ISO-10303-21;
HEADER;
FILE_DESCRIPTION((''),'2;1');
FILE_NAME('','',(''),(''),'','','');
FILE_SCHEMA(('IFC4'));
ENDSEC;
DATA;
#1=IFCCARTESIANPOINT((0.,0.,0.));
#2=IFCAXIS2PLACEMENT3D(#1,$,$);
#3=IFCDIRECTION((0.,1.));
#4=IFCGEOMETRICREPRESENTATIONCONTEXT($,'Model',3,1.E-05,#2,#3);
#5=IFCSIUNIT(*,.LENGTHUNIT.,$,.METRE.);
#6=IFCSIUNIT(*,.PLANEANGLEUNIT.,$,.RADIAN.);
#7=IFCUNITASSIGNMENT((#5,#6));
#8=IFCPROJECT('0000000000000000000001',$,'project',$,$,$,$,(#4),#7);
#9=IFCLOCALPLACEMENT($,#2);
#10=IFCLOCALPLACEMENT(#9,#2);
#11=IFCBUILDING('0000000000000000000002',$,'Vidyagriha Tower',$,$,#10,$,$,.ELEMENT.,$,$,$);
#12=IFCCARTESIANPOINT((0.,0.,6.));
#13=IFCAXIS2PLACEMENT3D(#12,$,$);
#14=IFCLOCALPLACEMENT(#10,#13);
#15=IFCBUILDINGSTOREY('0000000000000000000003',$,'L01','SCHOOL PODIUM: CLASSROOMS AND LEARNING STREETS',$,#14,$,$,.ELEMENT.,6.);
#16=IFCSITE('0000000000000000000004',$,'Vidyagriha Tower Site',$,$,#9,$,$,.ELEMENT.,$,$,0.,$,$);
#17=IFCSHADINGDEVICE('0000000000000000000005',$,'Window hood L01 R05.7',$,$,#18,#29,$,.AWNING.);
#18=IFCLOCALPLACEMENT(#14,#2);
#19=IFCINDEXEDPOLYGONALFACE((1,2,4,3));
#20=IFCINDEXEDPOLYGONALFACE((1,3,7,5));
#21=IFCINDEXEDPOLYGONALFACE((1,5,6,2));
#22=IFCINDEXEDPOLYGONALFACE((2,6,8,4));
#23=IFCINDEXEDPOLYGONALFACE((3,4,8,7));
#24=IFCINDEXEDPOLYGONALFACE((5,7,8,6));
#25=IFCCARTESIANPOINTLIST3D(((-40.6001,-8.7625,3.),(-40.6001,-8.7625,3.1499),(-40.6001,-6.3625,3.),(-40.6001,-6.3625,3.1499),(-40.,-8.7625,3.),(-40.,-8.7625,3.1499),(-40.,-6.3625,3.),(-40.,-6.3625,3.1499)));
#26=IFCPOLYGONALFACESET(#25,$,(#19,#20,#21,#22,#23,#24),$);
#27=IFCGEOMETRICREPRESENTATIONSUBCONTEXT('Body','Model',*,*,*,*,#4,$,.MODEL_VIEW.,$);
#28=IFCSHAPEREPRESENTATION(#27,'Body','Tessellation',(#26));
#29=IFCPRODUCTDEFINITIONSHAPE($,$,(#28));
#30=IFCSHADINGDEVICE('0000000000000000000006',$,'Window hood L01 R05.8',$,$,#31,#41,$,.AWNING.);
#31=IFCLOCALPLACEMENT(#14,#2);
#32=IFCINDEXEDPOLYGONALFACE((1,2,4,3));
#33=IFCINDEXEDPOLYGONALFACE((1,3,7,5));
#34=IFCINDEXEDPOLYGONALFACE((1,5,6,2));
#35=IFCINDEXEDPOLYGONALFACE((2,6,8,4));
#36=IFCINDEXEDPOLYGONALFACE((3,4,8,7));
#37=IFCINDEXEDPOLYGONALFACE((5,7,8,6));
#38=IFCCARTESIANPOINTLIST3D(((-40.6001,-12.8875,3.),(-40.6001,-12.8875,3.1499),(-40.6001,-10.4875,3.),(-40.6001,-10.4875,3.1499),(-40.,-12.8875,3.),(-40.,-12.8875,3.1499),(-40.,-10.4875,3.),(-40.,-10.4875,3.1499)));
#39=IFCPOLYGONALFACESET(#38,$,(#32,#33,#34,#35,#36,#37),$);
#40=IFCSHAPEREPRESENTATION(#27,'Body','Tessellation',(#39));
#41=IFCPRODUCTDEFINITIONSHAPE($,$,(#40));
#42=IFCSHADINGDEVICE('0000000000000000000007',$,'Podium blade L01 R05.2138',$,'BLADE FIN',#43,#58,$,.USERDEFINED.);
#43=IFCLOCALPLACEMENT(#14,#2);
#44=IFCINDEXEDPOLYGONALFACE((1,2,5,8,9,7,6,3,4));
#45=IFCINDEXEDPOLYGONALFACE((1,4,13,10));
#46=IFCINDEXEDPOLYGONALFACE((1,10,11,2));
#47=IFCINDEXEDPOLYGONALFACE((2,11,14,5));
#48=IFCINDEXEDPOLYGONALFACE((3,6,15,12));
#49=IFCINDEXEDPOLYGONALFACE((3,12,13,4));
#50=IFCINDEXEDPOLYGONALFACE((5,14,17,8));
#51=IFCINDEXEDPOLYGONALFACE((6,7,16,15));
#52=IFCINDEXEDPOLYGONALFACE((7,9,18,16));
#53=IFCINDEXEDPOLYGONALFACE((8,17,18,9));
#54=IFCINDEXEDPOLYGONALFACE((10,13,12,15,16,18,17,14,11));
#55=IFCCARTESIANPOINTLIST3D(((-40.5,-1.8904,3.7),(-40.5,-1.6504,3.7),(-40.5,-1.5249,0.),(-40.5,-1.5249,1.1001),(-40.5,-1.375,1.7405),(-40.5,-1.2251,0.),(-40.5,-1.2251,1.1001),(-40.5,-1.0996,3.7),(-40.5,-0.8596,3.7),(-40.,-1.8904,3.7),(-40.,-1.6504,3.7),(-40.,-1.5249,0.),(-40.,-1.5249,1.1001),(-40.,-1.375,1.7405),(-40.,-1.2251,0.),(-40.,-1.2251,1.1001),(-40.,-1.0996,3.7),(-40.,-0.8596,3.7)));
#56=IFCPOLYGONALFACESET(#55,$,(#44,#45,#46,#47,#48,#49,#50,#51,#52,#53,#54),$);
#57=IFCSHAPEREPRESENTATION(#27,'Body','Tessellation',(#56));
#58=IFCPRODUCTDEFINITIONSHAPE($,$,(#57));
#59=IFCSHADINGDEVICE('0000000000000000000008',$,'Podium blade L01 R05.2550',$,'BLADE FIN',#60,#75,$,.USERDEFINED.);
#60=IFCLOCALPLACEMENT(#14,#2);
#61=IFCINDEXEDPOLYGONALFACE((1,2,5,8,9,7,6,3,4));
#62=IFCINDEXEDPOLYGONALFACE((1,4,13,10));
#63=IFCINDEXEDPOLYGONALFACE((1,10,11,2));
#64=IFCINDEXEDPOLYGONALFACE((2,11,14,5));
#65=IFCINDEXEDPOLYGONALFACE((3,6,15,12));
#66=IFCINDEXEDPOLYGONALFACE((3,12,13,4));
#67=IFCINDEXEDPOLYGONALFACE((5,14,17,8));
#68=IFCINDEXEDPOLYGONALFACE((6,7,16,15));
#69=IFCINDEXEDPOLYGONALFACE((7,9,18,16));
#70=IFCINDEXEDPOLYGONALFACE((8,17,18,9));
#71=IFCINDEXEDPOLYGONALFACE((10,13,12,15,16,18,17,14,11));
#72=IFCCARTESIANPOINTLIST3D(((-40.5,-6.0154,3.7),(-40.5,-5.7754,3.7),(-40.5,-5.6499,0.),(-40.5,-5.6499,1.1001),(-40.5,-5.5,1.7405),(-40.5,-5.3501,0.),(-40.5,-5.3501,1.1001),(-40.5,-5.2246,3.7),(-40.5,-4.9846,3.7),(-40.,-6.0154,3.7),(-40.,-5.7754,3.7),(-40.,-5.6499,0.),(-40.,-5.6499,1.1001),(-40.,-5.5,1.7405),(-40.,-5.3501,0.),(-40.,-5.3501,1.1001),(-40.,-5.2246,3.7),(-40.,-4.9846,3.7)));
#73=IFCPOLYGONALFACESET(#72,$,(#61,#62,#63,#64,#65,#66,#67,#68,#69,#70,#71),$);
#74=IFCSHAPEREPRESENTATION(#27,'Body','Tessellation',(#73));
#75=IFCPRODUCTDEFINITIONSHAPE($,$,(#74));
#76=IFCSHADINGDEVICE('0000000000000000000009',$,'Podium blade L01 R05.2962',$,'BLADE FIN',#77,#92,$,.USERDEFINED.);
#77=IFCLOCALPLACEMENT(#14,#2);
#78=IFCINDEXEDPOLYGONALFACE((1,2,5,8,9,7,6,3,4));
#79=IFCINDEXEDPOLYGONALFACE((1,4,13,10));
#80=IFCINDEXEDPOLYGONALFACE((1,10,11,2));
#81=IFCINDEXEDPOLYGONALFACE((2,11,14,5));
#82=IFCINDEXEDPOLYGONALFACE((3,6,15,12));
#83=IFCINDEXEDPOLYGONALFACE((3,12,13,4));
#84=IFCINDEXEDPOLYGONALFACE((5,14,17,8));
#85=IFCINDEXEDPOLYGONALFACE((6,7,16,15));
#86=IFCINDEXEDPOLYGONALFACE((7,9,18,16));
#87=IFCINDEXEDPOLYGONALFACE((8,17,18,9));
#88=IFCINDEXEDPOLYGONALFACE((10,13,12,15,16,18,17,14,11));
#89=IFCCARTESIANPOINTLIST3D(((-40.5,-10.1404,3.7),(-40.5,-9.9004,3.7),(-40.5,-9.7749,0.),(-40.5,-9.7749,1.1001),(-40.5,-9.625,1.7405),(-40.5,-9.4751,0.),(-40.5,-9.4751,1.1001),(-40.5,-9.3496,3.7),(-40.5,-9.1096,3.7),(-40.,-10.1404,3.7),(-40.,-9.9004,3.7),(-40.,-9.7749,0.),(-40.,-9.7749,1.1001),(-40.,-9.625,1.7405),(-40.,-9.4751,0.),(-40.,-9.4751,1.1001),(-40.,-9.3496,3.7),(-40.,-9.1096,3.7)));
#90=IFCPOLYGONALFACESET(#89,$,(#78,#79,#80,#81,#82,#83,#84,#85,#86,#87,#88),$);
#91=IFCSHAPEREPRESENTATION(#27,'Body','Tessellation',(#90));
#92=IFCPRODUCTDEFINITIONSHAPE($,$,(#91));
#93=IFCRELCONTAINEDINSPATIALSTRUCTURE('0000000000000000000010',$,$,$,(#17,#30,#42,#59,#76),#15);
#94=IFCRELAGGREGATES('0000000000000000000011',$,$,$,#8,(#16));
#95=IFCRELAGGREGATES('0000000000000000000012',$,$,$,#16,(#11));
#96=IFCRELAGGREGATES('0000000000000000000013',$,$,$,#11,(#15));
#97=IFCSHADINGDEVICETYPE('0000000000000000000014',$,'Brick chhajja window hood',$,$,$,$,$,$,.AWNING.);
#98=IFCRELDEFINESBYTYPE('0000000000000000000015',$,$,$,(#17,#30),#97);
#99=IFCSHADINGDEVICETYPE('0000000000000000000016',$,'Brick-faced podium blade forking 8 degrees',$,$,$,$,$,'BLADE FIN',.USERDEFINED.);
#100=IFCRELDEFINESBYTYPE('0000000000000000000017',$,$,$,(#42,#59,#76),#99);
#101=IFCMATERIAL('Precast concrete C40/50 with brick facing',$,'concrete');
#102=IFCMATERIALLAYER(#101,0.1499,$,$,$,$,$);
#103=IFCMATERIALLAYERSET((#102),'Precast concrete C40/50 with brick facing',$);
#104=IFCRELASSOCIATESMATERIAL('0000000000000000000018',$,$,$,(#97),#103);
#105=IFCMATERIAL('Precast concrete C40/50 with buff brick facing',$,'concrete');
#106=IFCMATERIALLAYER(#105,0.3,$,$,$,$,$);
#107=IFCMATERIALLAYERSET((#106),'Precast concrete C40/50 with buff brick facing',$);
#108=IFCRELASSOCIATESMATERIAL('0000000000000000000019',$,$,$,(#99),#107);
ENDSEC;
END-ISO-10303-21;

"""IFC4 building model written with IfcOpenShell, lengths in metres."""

from ifc_helpers import new_model, si_unit, direction, frame, origin, origin_2d, place, context, subcontext, project, spatial, polyline, rectangle, outline, extrude, material, layer, layer_set, type_object, element, save


model = new_model("IFC4")

# Units and contexts
model_context = context("Model", 3, precision=1e-05, world=origin(), true_north=direction((0.0, 1.0)))
body_context = subcontext(model_context, "Body", "Model", "MODEL_VIEW")
ifc_project = project(units=[si_unit("LENGTHUNIT", "METRE"), si_unit("PLANEANGLEUNIT", "RADIAN")], contexts=[model_context])

# Site, building, storey
site_placement = place(None, origin())
site = spatial("IfcSite", under=ifc_project, at=site_placement, Name="Vidyagriha Tower Site", CompositionType="ELEMENT", RefElevation=0.0)
building_placement = place(site_placement, origin())
building = spatial("IfcBuilding", under=site, at=building_placement, Name="Vidyagriha Tower", CompositionType="ELEMENT")
storey_placement = place(building_placement, frame((0.0, 0.0, 6.0)))
storey = spatial("IfcBuildingStorey", under=building, at=storey_placement, Name="L01", Description="SCHOOL PODIUM: CLASSROOMS AND LEARNING STREETS", CompositionType="ELEMENT", Elevation=6.0)

# Shading devices
ifc_material_1 = material(Name="Precast concrete C40/50 with brick facing", Category="concrete")
ifc_layer_1 = layer(ifc_material_1, 0.1499)
ifc_layer_set_1 = layer_set([ifc_layer_1], Name="Precast concrete C40/50 with brick facing")
shading_device_type_1 = type_object("IfcShadingDeviceType", Name="Brick chhajja window hood", PredefinedType="AWNING", material=ifc_layer_set_1)
for number, where, z_axis, x_axis, name in (
    (1, (-40.3, -7.5625, 3.0), (0.0, 0.0, 1.0), (0.0, -1.0, 0.0), "Window hood L01 R05.7"),
    (2, (-40.3, -11.6875, 3.0), (0.0, 0.0, 1.0), (0.0, -1.0, 0.0), "Window hood L01 R05.8"),
):
    element("IfcShadingDevice", number, at=place(storey_placement, frame(where, z_axis=z_axis, x_axis=x_axis)), inside=storey, type_object=shading_device_type_1, Name=name, PredefinedType="AWNING", context=body_context, shape_type="SweptSolid", body=[
        extrude(rectangle(XDim=2.3999, YDim=0.6001, at=origin_2d()), origin(), (0.0, 0.0, 1.0), 0.1499),
    ])
ifc_material_2 = material(Name="Precast concrete C40/50 with buff brick facing", Category="concrete")
ifc_layer_2 = layer(ifc_material_2, 0.3)
ifc_layer_set_2 = layer_set([ifc_layer_2], Name="Precast concrete C40/50 with buff brick facing")
shading_device_type_2 = type_object("IfcShadingDeviceType", Name="Brick-faced podium blade forking 8 degrees", ElementType="BLADE FIN", PredefinedType="USERDEFINED", material=ifc_layer_set_2)
for number, where, z_axis, x_axis, name in (
    (3, (-40.25, -0.8596, 0.0), (0.0, 0.0, 1.0), (0.0, -1.0, 0.0), "Podium blade L01 R05.2138"),
    (4, (-40.25, -4.9846, 0.0), (0.0, 0.0, 1.0), (0.0, -1.0, 0.0), "Podium blade L01 R05.2550"),
    (5, (-40.25, -9.1096, 0.0), (0.0, 0.0, 1.0), (0.0, -1.0, 0.0), "Podium blade L01 R05.2962"),
):
    element("IfcShadingDevice", number, at=place(storey_placement, frame(where, z_axis=z_axis, x_axis=x_axis)), inside=storey, type_object=shading_device_type_2, Name=name, ObjectType="BLADE FIN", PredefinedType="USERDEFINED", context=body_context, shape_type="SweptSolid", body=[
        extrude(outline(polyline([(0.6653, 0.0), (0.6653, 1.1001), (1.0308, 3.7), (0.7908, 3.7), (0.5154, 1.7405), (0.24, 3.7), (0.0, 3.7), (0.3655, 1.1001), (0.3655, 0.0), (0.6653, 0.0)])), frame((0.0, 0.25, 0.0), z_axis=(0.0, -1.0, 0.0), x_axis=(1.0, 0.0, 0.0)), (0.0, 0.0, 1.0), 0.5),
    ])

save(model, "model.ifc")
